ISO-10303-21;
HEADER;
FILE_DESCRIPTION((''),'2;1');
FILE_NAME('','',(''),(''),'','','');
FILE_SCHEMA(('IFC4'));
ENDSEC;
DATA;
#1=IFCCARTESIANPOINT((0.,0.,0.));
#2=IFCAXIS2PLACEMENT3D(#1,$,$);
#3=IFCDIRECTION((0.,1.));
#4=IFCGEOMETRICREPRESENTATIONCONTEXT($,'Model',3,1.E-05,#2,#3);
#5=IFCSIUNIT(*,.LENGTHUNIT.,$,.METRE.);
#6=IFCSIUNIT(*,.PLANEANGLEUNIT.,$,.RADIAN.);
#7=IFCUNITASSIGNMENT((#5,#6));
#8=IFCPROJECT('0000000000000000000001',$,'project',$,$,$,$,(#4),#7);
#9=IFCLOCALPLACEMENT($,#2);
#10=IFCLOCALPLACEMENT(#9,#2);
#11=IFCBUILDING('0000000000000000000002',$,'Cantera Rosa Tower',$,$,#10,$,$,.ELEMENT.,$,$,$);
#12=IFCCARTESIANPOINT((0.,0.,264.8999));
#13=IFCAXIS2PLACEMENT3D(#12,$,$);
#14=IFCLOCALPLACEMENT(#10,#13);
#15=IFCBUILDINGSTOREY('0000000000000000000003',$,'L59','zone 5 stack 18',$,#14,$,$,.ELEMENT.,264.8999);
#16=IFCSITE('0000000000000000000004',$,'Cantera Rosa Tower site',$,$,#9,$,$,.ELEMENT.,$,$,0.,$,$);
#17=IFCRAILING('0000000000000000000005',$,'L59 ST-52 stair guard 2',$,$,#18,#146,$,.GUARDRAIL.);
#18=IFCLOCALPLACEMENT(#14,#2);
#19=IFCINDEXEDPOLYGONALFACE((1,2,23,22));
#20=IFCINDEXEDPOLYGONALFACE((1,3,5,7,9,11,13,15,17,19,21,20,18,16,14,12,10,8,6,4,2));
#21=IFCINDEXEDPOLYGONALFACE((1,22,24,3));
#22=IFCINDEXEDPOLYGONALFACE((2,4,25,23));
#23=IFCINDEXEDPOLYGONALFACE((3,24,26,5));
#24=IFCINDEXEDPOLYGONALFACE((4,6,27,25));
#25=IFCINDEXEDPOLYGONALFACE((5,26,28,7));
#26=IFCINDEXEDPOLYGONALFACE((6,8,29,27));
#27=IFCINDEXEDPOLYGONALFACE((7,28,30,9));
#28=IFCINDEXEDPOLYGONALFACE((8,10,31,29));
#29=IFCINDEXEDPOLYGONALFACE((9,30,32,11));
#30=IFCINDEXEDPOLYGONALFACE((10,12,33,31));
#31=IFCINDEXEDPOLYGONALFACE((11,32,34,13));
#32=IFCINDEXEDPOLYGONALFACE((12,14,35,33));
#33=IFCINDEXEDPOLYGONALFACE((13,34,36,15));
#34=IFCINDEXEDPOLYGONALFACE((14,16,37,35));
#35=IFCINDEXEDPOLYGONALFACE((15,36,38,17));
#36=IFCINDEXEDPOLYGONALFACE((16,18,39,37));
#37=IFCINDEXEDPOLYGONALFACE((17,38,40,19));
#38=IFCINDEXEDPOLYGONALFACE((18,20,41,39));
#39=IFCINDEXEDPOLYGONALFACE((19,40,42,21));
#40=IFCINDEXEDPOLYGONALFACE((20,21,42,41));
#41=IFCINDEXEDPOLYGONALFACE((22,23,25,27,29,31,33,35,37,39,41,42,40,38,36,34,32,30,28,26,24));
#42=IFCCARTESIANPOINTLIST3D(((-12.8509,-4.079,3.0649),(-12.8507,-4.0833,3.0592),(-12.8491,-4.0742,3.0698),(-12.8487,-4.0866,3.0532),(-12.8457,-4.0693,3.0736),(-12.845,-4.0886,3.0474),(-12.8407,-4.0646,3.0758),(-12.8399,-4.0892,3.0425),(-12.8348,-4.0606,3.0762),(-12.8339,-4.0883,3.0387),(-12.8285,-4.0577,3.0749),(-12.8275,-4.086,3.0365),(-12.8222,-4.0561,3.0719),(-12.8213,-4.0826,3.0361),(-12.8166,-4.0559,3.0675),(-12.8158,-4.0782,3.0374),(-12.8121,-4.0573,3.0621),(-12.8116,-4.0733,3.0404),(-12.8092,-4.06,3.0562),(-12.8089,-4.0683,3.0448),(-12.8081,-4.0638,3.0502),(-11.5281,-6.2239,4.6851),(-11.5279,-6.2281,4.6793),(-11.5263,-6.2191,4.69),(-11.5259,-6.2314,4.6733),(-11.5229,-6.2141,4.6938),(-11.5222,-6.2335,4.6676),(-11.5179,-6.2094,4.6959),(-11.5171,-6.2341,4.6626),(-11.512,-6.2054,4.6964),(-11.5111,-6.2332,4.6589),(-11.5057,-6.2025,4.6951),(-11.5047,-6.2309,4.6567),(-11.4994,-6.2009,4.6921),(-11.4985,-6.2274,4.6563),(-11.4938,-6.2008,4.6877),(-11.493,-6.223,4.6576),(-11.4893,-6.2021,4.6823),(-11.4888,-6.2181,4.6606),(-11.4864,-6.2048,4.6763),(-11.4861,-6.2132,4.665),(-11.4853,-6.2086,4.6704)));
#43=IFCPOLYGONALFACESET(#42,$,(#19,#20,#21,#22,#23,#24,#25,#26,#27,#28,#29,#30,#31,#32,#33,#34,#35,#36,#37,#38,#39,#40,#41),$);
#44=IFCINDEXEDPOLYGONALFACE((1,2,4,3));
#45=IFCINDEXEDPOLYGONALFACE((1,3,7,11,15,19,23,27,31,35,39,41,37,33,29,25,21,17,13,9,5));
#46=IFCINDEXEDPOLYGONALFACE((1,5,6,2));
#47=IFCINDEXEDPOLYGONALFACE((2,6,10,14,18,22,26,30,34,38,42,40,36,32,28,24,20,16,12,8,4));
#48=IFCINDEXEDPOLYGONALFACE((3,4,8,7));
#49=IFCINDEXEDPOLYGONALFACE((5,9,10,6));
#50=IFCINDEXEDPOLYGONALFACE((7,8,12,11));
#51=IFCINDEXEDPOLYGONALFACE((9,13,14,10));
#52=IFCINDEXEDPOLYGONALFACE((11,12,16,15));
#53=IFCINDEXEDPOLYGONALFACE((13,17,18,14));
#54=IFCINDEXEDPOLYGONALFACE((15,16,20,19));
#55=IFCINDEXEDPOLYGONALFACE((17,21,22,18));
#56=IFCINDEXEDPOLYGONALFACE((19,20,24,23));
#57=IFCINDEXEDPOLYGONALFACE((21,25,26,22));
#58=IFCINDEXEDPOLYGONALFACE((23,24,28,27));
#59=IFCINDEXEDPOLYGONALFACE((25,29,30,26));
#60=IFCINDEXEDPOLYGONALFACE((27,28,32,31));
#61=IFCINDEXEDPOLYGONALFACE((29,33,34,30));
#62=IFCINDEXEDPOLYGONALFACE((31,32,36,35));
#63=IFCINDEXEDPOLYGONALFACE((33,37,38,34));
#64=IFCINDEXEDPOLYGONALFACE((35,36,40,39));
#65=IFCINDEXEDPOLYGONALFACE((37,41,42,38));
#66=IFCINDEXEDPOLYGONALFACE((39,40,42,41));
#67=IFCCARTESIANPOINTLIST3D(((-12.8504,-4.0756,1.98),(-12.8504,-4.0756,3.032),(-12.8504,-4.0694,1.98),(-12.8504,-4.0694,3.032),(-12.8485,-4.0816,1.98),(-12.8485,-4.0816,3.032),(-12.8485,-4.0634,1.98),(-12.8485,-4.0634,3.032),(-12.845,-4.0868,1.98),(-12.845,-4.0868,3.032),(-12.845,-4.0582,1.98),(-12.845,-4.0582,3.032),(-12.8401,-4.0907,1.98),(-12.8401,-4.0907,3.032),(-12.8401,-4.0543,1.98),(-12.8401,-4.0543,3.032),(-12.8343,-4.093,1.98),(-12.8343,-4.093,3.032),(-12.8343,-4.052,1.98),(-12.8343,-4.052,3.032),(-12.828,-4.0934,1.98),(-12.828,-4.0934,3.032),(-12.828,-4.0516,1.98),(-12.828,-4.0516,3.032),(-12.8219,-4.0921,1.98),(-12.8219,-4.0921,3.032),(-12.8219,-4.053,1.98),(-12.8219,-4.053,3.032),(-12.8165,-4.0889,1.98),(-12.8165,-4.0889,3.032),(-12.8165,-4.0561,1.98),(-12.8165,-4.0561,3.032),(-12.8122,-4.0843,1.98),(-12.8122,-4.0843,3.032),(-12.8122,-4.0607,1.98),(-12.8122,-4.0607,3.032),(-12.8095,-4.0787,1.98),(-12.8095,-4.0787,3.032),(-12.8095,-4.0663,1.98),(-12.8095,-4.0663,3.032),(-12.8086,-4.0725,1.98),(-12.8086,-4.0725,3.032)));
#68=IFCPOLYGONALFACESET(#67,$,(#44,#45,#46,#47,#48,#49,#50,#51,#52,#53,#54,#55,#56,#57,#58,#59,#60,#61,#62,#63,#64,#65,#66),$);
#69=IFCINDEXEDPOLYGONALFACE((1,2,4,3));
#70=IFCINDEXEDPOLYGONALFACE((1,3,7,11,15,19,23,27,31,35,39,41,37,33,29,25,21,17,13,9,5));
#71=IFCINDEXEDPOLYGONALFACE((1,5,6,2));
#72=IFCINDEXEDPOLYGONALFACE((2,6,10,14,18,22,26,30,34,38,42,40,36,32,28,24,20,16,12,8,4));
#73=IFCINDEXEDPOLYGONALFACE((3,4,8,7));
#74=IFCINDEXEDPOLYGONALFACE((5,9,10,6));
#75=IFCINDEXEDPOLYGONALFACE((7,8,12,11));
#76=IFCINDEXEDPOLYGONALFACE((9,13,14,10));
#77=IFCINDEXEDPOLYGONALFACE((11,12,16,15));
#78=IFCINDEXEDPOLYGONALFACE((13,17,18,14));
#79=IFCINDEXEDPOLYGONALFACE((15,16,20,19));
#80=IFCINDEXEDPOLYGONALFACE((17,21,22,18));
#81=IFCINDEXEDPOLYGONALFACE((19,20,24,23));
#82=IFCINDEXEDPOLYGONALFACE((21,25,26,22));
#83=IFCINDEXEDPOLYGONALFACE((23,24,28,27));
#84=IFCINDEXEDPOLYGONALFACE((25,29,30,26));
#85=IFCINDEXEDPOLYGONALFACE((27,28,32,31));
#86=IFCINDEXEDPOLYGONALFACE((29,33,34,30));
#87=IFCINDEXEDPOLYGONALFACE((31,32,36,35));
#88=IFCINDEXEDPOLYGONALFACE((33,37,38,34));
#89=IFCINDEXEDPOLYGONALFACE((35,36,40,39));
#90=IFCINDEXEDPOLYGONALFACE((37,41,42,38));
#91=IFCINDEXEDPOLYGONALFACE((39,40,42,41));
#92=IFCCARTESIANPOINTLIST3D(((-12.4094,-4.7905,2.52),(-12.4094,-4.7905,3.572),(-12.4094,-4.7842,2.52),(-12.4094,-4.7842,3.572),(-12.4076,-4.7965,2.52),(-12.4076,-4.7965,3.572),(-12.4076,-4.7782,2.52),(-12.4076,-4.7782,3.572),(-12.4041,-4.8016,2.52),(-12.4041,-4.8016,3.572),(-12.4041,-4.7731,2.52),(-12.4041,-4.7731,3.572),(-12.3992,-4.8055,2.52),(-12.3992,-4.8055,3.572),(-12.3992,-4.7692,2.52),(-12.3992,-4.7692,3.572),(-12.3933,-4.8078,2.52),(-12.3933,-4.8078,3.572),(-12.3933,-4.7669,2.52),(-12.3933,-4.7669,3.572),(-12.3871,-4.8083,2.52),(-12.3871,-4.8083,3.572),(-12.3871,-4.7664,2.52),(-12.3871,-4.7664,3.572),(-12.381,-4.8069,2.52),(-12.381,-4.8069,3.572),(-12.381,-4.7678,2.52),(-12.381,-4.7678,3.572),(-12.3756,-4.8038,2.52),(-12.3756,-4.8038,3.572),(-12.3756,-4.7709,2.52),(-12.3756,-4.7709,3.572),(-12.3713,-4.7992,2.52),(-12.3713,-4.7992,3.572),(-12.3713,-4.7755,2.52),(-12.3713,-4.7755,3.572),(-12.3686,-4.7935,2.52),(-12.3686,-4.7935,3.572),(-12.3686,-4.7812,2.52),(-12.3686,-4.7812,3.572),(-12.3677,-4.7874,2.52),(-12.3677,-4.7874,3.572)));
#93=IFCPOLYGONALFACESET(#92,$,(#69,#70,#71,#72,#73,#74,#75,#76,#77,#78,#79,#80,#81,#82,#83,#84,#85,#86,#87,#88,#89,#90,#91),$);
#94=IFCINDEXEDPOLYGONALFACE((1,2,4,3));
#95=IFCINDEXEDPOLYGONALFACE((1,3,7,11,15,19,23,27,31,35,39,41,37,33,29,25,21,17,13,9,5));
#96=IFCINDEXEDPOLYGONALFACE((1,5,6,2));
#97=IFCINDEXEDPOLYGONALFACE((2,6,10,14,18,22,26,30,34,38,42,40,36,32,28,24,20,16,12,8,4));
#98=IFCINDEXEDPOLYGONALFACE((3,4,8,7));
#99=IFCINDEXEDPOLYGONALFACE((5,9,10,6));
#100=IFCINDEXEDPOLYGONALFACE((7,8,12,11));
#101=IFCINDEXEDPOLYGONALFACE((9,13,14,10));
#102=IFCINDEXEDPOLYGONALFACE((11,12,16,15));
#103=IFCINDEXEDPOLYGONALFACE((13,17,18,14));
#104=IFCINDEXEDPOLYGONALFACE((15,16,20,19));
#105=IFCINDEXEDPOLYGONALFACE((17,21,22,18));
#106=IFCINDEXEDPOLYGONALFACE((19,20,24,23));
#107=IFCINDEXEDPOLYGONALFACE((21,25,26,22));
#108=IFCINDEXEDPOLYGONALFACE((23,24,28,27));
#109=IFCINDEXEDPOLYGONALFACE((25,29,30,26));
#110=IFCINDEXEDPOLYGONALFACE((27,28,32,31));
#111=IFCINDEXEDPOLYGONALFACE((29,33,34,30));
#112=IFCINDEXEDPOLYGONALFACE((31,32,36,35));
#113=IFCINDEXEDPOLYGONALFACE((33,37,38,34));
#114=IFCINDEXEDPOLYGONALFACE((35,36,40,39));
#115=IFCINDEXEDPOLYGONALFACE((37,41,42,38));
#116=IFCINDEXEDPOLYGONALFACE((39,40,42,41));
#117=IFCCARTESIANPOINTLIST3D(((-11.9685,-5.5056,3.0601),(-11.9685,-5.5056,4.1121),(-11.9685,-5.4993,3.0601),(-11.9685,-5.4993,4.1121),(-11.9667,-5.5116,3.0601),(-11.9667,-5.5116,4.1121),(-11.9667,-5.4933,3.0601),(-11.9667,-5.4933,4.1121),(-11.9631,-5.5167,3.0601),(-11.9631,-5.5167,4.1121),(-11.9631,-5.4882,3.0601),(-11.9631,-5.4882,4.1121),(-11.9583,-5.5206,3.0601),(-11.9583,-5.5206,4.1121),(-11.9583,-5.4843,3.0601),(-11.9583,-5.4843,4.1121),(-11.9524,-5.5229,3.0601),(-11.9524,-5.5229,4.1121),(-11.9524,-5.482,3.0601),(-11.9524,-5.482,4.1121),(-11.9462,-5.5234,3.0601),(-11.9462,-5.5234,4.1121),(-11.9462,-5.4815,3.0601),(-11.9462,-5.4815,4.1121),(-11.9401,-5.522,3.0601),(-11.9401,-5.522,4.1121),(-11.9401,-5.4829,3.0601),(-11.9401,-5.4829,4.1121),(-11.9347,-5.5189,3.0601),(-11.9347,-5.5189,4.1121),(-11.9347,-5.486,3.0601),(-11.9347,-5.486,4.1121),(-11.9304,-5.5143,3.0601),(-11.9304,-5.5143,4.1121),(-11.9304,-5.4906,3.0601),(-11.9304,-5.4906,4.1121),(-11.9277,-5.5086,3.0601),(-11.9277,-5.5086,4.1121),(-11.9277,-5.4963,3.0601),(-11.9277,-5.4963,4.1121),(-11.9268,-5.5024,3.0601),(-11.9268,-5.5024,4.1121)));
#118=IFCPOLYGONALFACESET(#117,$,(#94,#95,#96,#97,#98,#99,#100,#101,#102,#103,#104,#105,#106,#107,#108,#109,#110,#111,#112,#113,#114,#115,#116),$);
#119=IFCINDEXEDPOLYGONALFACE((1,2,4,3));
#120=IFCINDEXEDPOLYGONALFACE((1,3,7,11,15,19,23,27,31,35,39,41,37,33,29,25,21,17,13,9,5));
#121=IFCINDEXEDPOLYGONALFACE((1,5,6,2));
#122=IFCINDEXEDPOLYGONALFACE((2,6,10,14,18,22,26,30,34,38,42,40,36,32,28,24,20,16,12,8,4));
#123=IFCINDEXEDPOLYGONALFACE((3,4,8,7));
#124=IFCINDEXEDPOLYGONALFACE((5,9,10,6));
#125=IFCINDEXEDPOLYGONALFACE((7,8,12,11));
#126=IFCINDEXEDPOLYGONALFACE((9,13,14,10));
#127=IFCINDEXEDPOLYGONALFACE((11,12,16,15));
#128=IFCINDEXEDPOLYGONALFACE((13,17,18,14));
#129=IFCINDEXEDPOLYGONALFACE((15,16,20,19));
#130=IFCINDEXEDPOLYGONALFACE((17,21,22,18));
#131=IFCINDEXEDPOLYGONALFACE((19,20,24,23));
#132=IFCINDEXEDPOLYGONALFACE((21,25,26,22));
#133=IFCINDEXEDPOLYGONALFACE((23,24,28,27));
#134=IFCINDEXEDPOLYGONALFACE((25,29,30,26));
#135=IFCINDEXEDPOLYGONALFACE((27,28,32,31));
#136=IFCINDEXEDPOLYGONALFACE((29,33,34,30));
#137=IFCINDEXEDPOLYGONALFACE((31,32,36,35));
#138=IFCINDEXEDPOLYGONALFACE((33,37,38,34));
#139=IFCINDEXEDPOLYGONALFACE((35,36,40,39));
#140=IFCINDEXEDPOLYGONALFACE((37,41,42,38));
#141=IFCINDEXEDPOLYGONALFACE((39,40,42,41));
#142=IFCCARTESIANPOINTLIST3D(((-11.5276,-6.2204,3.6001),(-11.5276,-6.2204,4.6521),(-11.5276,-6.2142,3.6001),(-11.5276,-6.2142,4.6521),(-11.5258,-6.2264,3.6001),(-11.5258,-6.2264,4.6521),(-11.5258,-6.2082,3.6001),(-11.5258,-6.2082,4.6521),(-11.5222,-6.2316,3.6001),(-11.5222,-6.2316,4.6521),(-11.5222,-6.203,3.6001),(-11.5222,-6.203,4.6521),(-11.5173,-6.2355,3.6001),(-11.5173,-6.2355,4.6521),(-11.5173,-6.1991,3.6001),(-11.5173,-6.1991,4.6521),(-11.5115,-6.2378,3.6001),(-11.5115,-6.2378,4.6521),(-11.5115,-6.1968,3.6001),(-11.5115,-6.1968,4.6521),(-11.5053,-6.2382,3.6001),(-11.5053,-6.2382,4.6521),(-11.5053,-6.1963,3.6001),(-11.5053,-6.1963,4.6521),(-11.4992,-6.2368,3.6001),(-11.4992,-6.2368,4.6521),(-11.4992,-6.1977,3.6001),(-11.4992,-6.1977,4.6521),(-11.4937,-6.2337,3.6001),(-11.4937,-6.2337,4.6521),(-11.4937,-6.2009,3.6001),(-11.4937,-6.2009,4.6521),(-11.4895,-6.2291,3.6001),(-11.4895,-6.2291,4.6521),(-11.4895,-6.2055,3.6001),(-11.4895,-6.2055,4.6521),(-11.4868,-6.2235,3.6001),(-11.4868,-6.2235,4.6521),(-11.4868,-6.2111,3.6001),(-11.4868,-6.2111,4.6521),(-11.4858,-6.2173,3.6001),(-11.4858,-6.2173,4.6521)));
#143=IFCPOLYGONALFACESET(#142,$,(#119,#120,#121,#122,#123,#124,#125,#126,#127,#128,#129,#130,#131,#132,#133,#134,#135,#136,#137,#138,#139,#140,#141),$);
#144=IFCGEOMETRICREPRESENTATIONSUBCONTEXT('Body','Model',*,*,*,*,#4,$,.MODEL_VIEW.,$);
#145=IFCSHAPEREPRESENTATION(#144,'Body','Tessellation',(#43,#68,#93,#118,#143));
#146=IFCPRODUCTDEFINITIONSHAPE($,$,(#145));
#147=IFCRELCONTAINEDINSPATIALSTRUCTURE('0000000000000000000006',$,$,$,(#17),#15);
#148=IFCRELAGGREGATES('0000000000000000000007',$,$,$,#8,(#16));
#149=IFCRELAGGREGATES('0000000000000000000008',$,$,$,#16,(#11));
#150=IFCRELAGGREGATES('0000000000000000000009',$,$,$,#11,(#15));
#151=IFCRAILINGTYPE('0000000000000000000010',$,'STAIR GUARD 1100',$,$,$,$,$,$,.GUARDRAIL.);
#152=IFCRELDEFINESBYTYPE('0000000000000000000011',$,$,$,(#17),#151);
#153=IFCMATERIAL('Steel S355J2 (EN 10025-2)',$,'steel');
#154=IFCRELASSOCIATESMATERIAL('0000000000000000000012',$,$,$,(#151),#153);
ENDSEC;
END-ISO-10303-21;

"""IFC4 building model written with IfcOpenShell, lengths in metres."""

from ifc_helpers import new_model, si_unit, direction, frame, origin, origin_2d, place, context, subcontext, project, spatial, circle, extrude, material, type_object, element, save


model = new_model("IFC4")

# Units and contexts
model_context = context("Model", 3, precision=1e-05, world=origin(), true_north=direction((0.0, 1.0)))
body_context = subcontext(model_context, "Body", "Model", "MODEL_VIEW")
ifc_project = project(units=[si_unit("LENGTHUNIT", "METRE"), si_unit("PLANEANGLEUNIT", "RADIAN")], contexts=[model_context])

# Site, building, storey
site_placement = place(None, origin())
site = spatial("IfcSite", under=ifc_project, at=site_placement, Name="Cantera Rosa Tower site", CompositionType="ELEMENT", RefElevation=0.0)
building_placement = place(site_placement, origin())
building = spatial("IfcBuilding", under=site, at=building_placement, Name="Cantera Rosa Tower", CompositionType="ELEMENT")
storey_placement = place(building_placement, frame((0.0, 0.0, 264.8999)))
storey = spatial("IfcBuildingStorey", under=building, at=storey_placement, Name="L59", Description="zone 5 stack 18", CompositionType="ELEMENT", Elevation=264.8999)

# Railing
ifc_material_1 = material(Name="Steel S355J2 (EN 10025-2)", Category="steel")
railing_type_1 = type_object("IfcRailingType", Name="STAIR GUARD 1100", PredefinedType="GUARDRAIL", material=ifc_material_1)
railing_1_placement = place(storey_placement, frame((-12.8296, -4.0725, 1.98)))
element("IfcRailing", 1, at=railing_1_placement, inside=storey, type_object=railing_type_1, Name="L59 ST-52 stair guard 2", PredefinedType="GUARDRAIL", context=body_context, shape_type="SweptSolid", body=[
    extrude(circle(Radius=0.0239, at=origin_2d()), frame((0.0, 0.0, 1.0762), z_axis=(0.441543, -0.715939, 0.540805), x_axis=(0.851146, 0.52493, 0.0)), (0.0, 0.0, 1.0), 2.9958),
    extrude(circle(Radius=0.021, at=origin_2d()), origin(), (0.0, 0.0, 1.0), 1.052),
    extrude(circle(Radius=0.021, at=origin_2d()), frame((0.4409, -0.7148, 0.54)), (0.0, 0.0, 1.0), 1.052),
    extrude(circle(Radius=0.021, at=origin_2d()), frame((0.8818, -1.4299, 1.0801)), (0.0, 0.0, 1.0), 1.052),
    extrude(circle(Radius=0.021, at=origin_2d()), frame((1.3228, -2.1448, 1.6201)), (0.0, 0.0, 1.0), 1.052),
])

save(model, "model.ifc")
